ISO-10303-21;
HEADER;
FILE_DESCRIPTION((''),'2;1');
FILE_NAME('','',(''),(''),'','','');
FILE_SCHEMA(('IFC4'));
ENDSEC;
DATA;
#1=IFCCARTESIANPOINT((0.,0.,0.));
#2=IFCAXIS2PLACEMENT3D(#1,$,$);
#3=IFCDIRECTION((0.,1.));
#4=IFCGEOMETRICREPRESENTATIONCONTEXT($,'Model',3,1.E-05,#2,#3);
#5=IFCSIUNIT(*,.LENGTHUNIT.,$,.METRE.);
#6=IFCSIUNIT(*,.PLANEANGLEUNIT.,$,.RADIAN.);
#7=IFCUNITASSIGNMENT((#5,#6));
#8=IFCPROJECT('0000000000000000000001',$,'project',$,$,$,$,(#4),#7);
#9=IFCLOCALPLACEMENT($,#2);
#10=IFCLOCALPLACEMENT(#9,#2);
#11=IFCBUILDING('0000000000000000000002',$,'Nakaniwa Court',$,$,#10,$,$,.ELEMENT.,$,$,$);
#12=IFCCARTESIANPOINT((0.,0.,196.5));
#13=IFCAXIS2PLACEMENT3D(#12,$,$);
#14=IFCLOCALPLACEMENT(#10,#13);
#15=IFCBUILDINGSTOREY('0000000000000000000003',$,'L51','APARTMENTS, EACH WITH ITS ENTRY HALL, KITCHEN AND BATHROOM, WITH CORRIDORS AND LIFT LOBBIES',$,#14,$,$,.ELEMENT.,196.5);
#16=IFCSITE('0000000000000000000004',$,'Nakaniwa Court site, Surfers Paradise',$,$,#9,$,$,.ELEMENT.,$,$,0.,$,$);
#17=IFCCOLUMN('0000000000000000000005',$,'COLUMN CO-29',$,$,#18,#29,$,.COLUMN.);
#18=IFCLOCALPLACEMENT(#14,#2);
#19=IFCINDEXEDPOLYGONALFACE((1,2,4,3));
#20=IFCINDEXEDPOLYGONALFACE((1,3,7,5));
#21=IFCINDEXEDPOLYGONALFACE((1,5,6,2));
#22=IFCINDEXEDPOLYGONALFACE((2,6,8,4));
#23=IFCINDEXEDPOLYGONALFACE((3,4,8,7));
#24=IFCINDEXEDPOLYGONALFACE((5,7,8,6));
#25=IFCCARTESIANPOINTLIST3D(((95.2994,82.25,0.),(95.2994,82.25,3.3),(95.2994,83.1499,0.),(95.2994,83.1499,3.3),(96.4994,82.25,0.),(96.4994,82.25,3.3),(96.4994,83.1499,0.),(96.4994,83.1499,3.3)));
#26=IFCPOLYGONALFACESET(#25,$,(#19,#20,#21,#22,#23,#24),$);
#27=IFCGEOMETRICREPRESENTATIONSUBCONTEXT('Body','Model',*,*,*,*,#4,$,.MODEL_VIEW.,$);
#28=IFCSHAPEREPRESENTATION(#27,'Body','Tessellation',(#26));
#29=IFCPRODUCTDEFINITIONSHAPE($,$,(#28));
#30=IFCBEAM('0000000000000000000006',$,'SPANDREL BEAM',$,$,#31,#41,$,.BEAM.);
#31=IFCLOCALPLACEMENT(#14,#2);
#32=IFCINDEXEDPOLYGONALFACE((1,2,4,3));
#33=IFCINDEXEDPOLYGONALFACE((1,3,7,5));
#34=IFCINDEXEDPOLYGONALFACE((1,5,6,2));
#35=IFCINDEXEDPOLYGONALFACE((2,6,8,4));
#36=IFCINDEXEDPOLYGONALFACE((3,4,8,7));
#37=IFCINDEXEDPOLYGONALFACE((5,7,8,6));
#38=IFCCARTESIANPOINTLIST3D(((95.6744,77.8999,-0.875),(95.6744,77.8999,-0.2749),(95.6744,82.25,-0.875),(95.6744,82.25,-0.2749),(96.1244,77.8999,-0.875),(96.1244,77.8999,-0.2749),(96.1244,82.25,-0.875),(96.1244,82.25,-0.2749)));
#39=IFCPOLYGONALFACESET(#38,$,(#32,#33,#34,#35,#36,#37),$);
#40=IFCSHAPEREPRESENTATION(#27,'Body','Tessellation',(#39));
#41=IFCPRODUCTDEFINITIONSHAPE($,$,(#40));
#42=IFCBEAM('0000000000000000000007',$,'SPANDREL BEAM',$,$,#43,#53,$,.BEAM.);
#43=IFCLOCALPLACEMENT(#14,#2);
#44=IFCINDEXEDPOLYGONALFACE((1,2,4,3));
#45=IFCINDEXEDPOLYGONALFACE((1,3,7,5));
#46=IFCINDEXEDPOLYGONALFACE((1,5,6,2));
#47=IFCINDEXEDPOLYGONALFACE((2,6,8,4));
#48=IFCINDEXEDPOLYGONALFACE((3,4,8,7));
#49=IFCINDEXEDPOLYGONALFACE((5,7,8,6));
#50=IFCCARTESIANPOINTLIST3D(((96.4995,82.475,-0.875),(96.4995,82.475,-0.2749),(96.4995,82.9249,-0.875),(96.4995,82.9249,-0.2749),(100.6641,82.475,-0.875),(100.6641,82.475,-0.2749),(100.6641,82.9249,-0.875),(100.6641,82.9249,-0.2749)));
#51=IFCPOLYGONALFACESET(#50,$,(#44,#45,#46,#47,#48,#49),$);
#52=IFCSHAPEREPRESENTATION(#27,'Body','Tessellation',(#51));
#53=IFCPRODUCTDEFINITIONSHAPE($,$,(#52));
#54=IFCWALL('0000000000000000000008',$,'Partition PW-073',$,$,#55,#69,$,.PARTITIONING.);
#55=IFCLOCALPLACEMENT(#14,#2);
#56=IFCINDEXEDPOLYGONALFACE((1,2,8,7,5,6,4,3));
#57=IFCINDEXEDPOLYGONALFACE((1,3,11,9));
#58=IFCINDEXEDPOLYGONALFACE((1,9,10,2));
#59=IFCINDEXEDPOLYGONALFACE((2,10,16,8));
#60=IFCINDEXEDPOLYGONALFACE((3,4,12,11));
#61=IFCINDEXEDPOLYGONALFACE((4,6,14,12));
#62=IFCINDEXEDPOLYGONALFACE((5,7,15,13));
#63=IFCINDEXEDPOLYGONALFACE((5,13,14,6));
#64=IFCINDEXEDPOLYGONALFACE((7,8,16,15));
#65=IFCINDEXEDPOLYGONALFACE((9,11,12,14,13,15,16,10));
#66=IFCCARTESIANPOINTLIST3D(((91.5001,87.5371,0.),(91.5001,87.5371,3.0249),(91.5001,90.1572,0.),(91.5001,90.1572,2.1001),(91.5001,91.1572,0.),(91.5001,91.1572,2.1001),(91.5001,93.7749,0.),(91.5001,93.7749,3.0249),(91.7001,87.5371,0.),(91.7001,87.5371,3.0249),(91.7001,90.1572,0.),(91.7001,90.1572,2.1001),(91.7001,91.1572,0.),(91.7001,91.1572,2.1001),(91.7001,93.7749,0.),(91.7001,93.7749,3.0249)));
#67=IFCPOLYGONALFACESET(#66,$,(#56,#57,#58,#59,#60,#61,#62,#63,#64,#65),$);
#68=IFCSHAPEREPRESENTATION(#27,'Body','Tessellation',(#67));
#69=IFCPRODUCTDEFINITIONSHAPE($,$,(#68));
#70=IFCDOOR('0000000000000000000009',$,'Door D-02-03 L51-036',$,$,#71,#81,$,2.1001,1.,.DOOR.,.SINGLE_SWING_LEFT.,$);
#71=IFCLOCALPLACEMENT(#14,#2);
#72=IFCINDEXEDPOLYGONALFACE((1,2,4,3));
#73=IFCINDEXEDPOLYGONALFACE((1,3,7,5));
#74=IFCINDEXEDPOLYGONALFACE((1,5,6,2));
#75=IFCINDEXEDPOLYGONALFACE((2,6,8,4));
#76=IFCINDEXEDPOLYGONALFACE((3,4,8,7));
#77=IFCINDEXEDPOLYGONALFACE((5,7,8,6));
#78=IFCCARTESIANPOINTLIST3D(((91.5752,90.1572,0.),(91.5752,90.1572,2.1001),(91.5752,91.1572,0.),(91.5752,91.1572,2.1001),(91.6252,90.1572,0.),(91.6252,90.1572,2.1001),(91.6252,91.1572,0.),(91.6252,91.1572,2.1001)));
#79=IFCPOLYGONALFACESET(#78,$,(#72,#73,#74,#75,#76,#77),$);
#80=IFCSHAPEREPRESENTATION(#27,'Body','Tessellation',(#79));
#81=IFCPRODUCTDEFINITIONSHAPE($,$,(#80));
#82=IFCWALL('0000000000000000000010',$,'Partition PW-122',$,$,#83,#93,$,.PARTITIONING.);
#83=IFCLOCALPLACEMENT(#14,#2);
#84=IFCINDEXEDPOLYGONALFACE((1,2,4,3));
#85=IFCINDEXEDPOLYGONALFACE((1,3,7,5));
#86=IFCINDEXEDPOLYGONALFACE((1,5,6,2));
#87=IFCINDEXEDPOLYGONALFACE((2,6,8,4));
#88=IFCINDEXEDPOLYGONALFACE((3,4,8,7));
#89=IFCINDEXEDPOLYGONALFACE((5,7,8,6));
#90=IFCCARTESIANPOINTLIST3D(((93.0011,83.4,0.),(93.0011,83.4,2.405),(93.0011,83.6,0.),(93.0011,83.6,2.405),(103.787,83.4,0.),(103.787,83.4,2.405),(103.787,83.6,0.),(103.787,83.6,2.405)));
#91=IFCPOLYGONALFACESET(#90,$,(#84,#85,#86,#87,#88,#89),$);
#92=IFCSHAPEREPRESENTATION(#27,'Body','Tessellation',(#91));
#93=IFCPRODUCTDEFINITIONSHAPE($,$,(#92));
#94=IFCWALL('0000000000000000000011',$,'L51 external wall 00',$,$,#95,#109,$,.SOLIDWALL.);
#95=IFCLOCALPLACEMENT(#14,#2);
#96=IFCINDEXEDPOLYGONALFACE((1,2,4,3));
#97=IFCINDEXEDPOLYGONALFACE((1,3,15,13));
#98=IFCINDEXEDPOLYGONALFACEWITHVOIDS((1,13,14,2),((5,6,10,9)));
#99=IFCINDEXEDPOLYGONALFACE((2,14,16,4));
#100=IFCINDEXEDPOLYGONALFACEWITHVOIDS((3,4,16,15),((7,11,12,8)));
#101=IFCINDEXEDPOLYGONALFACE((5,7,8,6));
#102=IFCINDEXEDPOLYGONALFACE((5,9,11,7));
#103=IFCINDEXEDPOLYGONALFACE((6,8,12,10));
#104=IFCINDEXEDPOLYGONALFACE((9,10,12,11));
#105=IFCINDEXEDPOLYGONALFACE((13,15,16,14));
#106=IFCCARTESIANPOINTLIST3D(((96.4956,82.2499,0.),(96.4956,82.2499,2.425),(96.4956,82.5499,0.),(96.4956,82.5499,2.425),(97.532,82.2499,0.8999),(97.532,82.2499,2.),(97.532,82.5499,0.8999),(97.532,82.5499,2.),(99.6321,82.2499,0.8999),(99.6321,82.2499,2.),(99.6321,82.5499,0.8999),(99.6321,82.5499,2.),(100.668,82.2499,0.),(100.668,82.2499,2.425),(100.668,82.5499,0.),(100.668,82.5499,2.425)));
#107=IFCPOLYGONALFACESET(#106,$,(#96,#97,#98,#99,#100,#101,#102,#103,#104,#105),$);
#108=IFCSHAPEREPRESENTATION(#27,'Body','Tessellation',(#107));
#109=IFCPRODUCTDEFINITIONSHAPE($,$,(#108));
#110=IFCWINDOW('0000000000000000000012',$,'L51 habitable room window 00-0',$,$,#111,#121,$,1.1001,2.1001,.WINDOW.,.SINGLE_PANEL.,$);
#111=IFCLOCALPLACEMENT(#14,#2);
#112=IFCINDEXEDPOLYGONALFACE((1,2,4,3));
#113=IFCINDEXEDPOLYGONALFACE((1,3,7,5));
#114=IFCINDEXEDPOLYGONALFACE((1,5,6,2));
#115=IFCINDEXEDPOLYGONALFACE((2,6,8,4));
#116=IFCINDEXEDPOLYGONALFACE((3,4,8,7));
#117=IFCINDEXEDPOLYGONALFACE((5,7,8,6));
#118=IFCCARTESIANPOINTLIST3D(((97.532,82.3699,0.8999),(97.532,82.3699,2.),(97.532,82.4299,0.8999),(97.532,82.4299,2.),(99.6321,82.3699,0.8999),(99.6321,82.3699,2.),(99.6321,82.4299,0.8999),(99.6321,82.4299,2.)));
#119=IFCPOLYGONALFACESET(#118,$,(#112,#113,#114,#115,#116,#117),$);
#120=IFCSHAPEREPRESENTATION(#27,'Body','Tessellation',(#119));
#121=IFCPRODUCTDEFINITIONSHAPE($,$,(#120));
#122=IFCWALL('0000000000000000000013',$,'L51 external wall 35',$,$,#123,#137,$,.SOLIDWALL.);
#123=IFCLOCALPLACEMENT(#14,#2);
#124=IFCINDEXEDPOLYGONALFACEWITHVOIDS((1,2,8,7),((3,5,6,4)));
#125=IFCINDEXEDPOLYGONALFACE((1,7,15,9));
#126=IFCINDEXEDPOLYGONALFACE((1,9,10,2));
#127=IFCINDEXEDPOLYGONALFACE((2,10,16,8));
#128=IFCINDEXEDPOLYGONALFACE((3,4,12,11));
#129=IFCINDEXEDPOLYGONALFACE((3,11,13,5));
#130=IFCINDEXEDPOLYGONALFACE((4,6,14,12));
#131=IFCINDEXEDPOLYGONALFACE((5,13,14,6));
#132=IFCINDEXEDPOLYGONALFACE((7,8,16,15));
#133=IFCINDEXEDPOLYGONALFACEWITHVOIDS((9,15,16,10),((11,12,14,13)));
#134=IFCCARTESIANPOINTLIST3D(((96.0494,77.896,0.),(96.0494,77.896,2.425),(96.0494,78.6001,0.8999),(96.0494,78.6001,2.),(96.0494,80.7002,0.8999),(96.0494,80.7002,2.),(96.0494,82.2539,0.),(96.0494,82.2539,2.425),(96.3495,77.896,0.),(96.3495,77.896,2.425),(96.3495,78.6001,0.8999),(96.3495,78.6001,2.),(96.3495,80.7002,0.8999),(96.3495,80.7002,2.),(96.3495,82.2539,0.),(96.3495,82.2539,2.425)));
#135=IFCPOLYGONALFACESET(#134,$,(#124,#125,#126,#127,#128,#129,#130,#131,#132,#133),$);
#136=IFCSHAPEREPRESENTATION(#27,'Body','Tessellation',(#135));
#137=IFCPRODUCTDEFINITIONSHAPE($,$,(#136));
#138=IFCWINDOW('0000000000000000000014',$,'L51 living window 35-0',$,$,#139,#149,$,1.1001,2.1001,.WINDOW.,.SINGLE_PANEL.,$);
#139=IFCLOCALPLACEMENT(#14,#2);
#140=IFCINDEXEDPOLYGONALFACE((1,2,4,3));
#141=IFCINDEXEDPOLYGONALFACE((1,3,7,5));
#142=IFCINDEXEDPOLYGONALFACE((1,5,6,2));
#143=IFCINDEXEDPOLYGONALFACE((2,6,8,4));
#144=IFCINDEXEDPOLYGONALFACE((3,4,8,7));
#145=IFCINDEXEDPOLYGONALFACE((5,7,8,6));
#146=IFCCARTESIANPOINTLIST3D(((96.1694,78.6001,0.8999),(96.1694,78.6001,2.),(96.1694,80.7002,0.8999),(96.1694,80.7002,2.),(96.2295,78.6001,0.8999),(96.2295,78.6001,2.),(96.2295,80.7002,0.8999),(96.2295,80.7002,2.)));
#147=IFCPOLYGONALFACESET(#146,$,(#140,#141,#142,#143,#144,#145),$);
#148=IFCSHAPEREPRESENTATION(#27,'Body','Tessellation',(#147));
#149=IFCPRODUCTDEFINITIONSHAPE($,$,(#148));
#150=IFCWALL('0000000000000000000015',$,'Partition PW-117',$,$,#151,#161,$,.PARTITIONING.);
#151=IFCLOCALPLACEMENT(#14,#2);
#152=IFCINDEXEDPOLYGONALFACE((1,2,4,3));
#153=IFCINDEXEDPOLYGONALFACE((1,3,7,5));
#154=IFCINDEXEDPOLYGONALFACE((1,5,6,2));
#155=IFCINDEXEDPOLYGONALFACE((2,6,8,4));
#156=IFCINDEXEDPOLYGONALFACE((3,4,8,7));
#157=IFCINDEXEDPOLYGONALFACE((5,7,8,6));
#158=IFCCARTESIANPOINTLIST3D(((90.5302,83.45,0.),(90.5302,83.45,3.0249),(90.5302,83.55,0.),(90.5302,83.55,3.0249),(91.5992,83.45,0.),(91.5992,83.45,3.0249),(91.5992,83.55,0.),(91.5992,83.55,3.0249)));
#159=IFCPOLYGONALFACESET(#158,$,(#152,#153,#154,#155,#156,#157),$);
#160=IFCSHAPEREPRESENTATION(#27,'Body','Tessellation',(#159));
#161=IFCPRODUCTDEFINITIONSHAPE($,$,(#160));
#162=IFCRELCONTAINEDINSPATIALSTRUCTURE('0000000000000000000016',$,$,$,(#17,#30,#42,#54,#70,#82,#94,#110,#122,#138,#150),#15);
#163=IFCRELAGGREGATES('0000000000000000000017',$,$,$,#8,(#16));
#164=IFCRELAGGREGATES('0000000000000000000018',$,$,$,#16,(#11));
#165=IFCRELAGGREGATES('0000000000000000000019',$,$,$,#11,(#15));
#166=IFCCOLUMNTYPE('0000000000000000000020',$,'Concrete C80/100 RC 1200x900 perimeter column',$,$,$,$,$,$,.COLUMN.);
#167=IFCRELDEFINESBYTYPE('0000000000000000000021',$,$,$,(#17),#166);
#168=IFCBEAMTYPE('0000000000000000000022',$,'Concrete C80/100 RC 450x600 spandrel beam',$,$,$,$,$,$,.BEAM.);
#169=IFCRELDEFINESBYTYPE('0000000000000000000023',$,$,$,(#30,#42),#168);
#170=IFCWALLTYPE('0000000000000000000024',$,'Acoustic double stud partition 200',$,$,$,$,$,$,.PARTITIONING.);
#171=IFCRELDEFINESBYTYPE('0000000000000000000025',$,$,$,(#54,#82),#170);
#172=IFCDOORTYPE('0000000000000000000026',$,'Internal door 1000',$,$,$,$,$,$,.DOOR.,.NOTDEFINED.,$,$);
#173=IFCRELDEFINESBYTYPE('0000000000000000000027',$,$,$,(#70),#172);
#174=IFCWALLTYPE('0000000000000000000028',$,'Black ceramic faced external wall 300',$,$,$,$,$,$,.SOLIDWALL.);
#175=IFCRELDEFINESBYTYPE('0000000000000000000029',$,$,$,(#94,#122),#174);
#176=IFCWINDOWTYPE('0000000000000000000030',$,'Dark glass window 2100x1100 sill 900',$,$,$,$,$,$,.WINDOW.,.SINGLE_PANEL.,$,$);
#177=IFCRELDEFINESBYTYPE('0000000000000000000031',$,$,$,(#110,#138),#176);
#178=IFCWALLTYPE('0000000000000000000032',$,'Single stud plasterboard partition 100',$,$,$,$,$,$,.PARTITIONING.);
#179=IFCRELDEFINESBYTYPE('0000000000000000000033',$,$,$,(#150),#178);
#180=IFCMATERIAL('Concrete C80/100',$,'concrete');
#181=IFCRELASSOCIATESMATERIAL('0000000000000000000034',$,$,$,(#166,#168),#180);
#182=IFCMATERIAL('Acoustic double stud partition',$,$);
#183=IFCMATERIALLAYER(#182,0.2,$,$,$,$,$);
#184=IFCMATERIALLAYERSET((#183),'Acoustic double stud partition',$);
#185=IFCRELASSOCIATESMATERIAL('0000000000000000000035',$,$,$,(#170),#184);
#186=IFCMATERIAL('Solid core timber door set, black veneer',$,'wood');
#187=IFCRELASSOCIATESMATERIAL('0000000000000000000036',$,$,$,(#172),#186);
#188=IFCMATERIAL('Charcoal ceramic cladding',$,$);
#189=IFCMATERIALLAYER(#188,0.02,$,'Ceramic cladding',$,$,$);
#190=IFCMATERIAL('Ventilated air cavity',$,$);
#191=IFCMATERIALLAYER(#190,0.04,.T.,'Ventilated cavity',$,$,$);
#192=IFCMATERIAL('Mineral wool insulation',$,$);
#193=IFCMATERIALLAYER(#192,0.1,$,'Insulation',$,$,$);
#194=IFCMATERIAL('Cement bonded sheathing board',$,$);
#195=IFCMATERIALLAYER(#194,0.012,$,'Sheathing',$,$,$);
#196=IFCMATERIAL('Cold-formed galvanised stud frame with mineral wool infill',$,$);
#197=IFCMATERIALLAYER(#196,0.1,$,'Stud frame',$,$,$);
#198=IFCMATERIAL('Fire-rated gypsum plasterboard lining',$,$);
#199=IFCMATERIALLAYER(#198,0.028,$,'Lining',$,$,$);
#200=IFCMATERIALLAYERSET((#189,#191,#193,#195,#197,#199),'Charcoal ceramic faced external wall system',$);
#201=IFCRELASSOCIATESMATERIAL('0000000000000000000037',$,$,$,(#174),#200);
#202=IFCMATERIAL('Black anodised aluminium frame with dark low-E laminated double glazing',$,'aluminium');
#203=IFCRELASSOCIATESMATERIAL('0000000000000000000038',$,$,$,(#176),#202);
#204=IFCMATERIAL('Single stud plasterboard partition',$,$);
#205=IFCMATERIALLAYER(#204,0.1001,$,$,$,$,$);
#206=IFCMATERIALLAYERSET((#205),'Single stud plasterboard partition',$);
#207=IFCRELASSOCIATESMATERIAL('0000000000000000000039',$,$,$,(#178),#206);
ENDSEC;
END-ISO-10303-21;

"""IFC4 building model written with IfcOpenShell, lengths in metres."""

from ifc_helpers import new_model, si_unit, direction, frame, frame_2d, origin, origin_2d, place, context, subcontext, project, spatial, rectangle, extrude, material, layer, layer_set, material_profile, profile_set, type_object, element, fill, save


model = new_model("IFC4")

# Units and contexts
model_context = context("Model", 3, precision=1e-05, world=origin(), true_north=direction((0.0, 1.0)))
body_context = subcontext(model_context, "Body", "Model", "MODEL_VIEW")
ifc_project = project(units=[si_unit("LENGTHUNIT", "METRE"), si_unit("PLANEANGLEUNIT", "RADIAN")], contexts=[model_context])

# Site, building, storey
site_placement = place(None, origin())
site = spatial("IfcSite", under=ifc_project, at=site_placement, Name="Nakaniwa Court site, Surfers Paradise", CompositionType="ELEMENT", RefElevation=0.0)
building_placement = place(site_placement, origin())
building = spatial("IfcBuilding", under=site, at=building_placement, Name="Nakaniwa Court", CompositionType="ELEMENT")
storey_placement = place(building_placement, frame((0.0, 0.0, 196.5)))
storey = spatial("IfcBuildingStorey", under=building, at=storey_placement, Name="L51", Description="APARTMENTS, EACH WITH ITS ENTRY HALL, KITCHEN AND BATHROOM, WITH CORRIDORS AND LIFT LOBBIES", CompositionType="ELEMENT", Elevation=196.5)

# Column
ifc_material_1 = material(Name="Concrete C80/100", Category="concrete")
ifc_material_profile_1 = material_profile(ifc_material_1, rectangle(XDim=1.2, YDim=0.8999, at=origin_2d()), Name="Concrete C80/100 RC 1200x900 perimeter column")
ifc_profile_set_1 = profile_set([ifc_material_profile_1], Name="Concrete C80/100")
column_type = type_object("IfcColumnType", Name="Concrete C80/100 RC 1200x900 perimeter column", PredefinedType="COLUMN", material=ifc_profile_set_1)
column_placement = place(storey_placement, frame((95.8994, 82.7, 0.0), z_axis=(0.0, 0.0, 1.0), x_axis=(1.0, 0.0, 0.0)))
element("IfcColumn", 1, at=column_placement, inside=storey, type_object=column_type, Name="COLUMN CO-29", PredefinedType="COLUMN", context=body_context, shape_type="SweptSolid", body=[
    extrude(rectangle(XDim=1.2, YDim=0.8999, at=origin_2d()), origin(), (0.0, 0.0, 1.0), 3.3),
])

# Beams
ifc_material_profile_2 = material_profile(ifc_material_1, rectangle(XDim=0.45, YDim=0.6001, at=origin_2d()), Name="Concrete C80/100 RC 450x600 spandrel beam")
ifc_profile_set_2 = profile_set([ifc_material_profile_2], Name="Concrete C80/100")
beam_type = type_object("IfcBeamType", Name="Concrete C80/100 RC 450x600 spandrel beam", PredefinedType="BEAM", material=ifc_profile_set_2)
beam_1_placement = place(storey_placement, frame((95.8994, 77.8999, -0.575), z_axis=(0.0, 1.0, 0.0), x_axis=(-1.0, 0.0, 0.0)))
element("IfcBeam", 2, at=beam_1_placement, inside=storey, type_object=beam_type, Name="SPANDREL BEAM", PredefinedType="BEAM", context=body_context, shape_type="SweptSolid", body=[
    extrude(rectangle(XDim=0.45, YDim=0.6001, at=origin_2d()), origin(), (0.0, 0.0, 1.0), 4.3501),
])
beam_2_placement = place(storey_placement, frame((96.4995, 82.7, -0.575), z_axis=(1.0, 0.0, 0.0), x_axis=(0.0, 1.0, 0.0)))
element("IfcBeam", 3, at=beam_2_placement, inside=storey, type_object=beam_type, Name="SPANDREL BEAM", PredefinedType="BEAM", context=body_context, shape_type="SweptSolid", body=[
    extrude(rectangle(XDim=0.45, YDim=0.6001, at=origin_2d()), origin(), (0.0, 0.0, 1.0), 4.1646),
])

# Wall, opening, door
ifc_material_2 = material(Name="Acoustic double stud partition")
ifc_layer_1 = layer(ifc_material_2, 0.2)
ifc_layer_set_1 = layer_set([ifc_layer_1], Name="Acoustic double stud partition")
wall_type_1 = type_object("IfcWallType", Name="Acoustic double stud partition 200", PredefinedType="PARTITIONING", material=ifc_layer_set_1)
wall_1_placement = place(storey_placement, frame((91.6001, 87.5371, 0.0), z_axis=(0.0, 0.0, 1.0), x_axis=(0.0, 1.0, 0.0)))
wall_1 = element("IfcWall", 4, at=wall_1_placement, inside=storey, type_object=wall_type_1, Name="Partition PW-073", PredefinedType="PARTITIONING", context=body_context, shape_type="SweptSolid", body=[
    extrude(rectangle(XDim=6.2378, YDim=0.2, at=frame_2d((3.1189, 0.0))), origin(), (0.0, 0.0, 1.0), 3.0249),
])
opening_1_placement = place(wall_1_placement, frame((2.6201, 0.0, 0.0)))
opening_1 = element("IfcOpeningElement", 5, at=opening_1_placement, cuts=wall_1, PredefinedType="OPENING", context=body_context, shape_type="SweptSolid", body=[
    extrude(rectangle(XDim=1.0, YDim=2.1001, at=frame_2d((0.5, 1.05))), frame((0.0, 0.1099, 0.0), z_axis=(0.0, -1.0, 0.0), x_axis=(1.0, 0.0, 0.0)), (0.0, 0.0, 1.0), 0.22),
])
ifc_material_3 = material(Name="Solid core timber door set, black veneer", Category="wood")
door_type_1 = type_object("IfcDoorType", Name="Internal door 1000", OperationType="NOTDEFINED", PredefinedType="DOOR", material=ifc_material_3)
door_1_placement = place(opening_1_placement, origin())
door_1 = element("IfcDoor", 6, at=door_1_placement, inside=storey, type_object=door_type_1, Name="Door D-02-03 L51-036", OperationType="SINGLE_SWING_LEFT", OverallHeight=2.1001, OverallWidth=1.0, PredefinedType="DOOR", context=body_context, shape_type="SweptSolid", body=[
    extrude(rectangle(XDim=1.0, YDim=2.1001, at=frame_2d((0.5, 1.05))), frame((0.0, 0.0249, 0.0), z_axis=(0.0, -1.0, 0.0), x_axis=(1.0, 0.0, 0.0)), (0.0, 0.0, 1.0), 0.05),
])
fill(opening_1, door_1)

# Wall
wall_2_placement = place(storey_placement, frame((93.001, 83.5, 0.0), z_axis=(0.0, 0.0, 1.0), x_axis=(1.0, 0.0, 0.0)))
element("IfcWall", 7, at=wall_2_placement, inside=storey, type_object=wall_type_1, Name="Partition PW-122", PredefinedType="PARTITIONING", context=body_context, shape_type="SweptSolid", body=[
    extrude(rectangle(XDim=10.7859, YDim=0.2, at=frame_2d((5.3931, 0.0))), origin(), (0.0, 0.0, 1.0), 2.405),
])

# Walls, openings, windows
ifc_material_4 = material(Name="Charcoal ceramic cladding")
ifc_layer_2 = layer(ifc_material_4, 0.02, Name="Ceramic cladding")
ifc_material_5 = material(Name="Ventilated air cavity")
ifc_layer_3 = layer(ifc_material_5, 0.04, ventilated=True, Name="Ventilated cavity")
ifc_material_6 = material(Name="Mineral wool insulation")
ifc_layer_4 = layer(ifc_material_6, 0.1, Name="Insulation")
ifc_material_7 = material(Name="Cement bonded sheathing board")
ifc_layer_5 = layer(ifc_material_7, 0.012, Name="Sheathing")
ifc_material_8 = material(Name="Cold-formed galvanised stud frame with mineral wool infill")
ifc_layer_6 = layer(ifc_material_8, 0.1, Name="Stud frame")
ifc_material_9 = material(Name="Fire-rated gypsum plasterboard lining")
ifc_layer_7 = layer(ifc_material_9, 0.028, Name="Lining")
ifc_layer_set_2 = layer_set([ifc_layer_2, ifc_layer_3, ifc_layer_4, ifc_layer_5, ifc_layer_6, ifc_layer_7], Name="Charcoal ceramic faced external wall system")
wall_type_2 = type_object("IfcWallType", Name="Black ceramic faced external wall 300", PredefinedType="SOLIDWALL", material=ifc_layer_set_2)
wall_3_placement = place(storey_placement, frame((96.4956, 82.3999, 0.0), z_axis=(0.0, 0.0, 1.0), x_axis=(1.0, 0.0, 0.0)))
wall_3 = element("IfcWall", 8, at=wall_3_placement, inside=storey, type_object=wall_type_2, Name="L51 external wall 00", PredefinedType="SOLIDWALL", context=body_context, shape_type="SweptSolid", body=[
    extrude(rectangle(XDim=4.1724, YDim=0.3, at=frame_2d((2.0862, 0.0))), origin(), (0.0, 0.0, 1.0), 2.425),
])
opening_2_placement = place(wall_3_placement, frame((1.0364, 0.0, 0.8999)))
opening_2 = element("IfcOpeningElement", 9, at=opening_2_placement, cuts=wall_3, PredefinedType="OPENING", context=body_context, shape_type="SweptSolid", body=[
    extrude(rectangle(XDim=2.1001, YDim=1.1001, at=frame_2d((1.05, 0.55))), frame((0.0, 0.1599, 0.0), z_axis=(0.0, -1.0, 0.0), x_axis=(1.0, 0.0, 0.0)), (0.0, 0.0, 1.0), 0.3201),
])
ifc_material_10 = material(Name="Black anodised aluminium frame with dark low-E laminated double glazing", Category="aluminium")
window_type = type_object("IfcWindowType", Name="Dark glass window 2100x1100 sill 900", PartitioningType="SINGLE_PANEL", PredefinedType="WINDOW", material=ifc_material_10)
window_1_placement = place(opening_2_placement, origin())
window_1 = element("IfcWindow", 10, at=window_1_placement, inside=storey, type_object=window_type, Name="L51 habitable room window 00-0", OverallHeight=1.1001, OverallWidth=2.1001, PartitioningType="SINGLE_PANEL", PredefinedType="WINDOW", context=body_context, shape_type="SweptSolid", body=[
    extrude(rectangle(XDim=2.1001, YDim=1.1001, at=frame_2d((1.05, 0.55))), frame((0.0, 0.03, 0.0), z_axis=(0.0, -1.0, 0.0), x_axis=(1.0, 0.0, 0.0)), (0.0, 0.0, 1.0), 0.0601),
])
fill(opening_2, window_1)
wall_4_placement = place(storey_placement, frame((96.1995, 77.896, 0.0), z_axis=(0.0, 0.0, 1.0), x_axis=(0.0, 1.0, 0.0)))
wall_4 = element("IfcWall", 11, at=wall_4_placement, inside=storey, type_object=wall_type_2, Name="L51 external wall 35", PredefinedType="SOLIDWALL", context=body_context, shape_type="SweptSolid", body=[
    extrude(rectangle(XDim=4.3579, YDim=0.3, at=frame_2d((2.179, 0.0))), origin(), (0.0, 0.0, 1.0), 2.425),
])
opening_3_placement = place(wall_4_placement, frame((0.7041, 0.0, 0.8999)))
opening_3 = element("IfcOpeningElement", 12, at=opening_3_placement, cuts=wall_4, PredefinedType="OPENING", context=body_context, shape_type="SweptSolid", body=[
    extrude(rectangle(XDim=2.1001, YDim=1.1001, at=frame_2d((1.05, 0.55))), frame((0.0, 0.1599, 0.0), z_axis=(0.0, -1.0, 0.0), x_axis=(1.0, 0.0, 0.0)), (0.0, 0.0, 1.0), 0.3201),
])
window_2_placement = place(opening_3_placement, origin())
window_2 = element("IfcWindow", 13, at=window_2_placement, inside=storey, type_object=window_type, Name="L51 living window 35-0", OverallHeight=1.1001, OverallWidth=2.1001, PartitioningType="SINGLE_PANEL", PredefinedType="WINDOW", context=body_context, shape_type="SweptSolid", body=[
    extrude(rectangle(XDim=2.1001, YDim=1.1001, at=frame_2d((1.05, 0.55))), frame((0.0, 0.03, 0.0), z_axis=(0.0, -1.0, 0.0), x_axis=(1.0, 0.0, 0.0)), (0.0, 0.0, 1.0), 0.0601),
])
fill(opening_3, window_2)

# Wall
ifc_material_11 = material(Name="Single stud plasterboard partition")
ifc_layer_8 = layer(ifc_material_11, 0.1001)
ifc_layer_set_3 = layer_set([ifc_layer_8], Name="Single stud plasterboard partition")
wall_type_3 = type_object("IfcWallType", Name="Single stud plasterboard partition 100", PredefinedType="PARTITIONING", material=ifc_layer_set_3)
wall_5_placement = place(storey_placement, frame((90.53, 83.5, 0.0), z_axis=(0.0, 0.0, 1.0), x_axis=(1.0, 0.0, 0.0)))
element("IfcWall", 14, at=wall_5_placement, inside=storey, type_object=wall_type_3, Name="Partition PW-117", PredefinedType="PARTITIONING", context=body_context, shape_type="SweptSolid", body=[
    extrude(rectangle(XDim=1.0691, YDim=0.1001, at=frame_2d((0.5347, 0.0))), origin(), (0.0, 0.0, 1.0), 3.0249),
])

save(model, "model.ifc")
